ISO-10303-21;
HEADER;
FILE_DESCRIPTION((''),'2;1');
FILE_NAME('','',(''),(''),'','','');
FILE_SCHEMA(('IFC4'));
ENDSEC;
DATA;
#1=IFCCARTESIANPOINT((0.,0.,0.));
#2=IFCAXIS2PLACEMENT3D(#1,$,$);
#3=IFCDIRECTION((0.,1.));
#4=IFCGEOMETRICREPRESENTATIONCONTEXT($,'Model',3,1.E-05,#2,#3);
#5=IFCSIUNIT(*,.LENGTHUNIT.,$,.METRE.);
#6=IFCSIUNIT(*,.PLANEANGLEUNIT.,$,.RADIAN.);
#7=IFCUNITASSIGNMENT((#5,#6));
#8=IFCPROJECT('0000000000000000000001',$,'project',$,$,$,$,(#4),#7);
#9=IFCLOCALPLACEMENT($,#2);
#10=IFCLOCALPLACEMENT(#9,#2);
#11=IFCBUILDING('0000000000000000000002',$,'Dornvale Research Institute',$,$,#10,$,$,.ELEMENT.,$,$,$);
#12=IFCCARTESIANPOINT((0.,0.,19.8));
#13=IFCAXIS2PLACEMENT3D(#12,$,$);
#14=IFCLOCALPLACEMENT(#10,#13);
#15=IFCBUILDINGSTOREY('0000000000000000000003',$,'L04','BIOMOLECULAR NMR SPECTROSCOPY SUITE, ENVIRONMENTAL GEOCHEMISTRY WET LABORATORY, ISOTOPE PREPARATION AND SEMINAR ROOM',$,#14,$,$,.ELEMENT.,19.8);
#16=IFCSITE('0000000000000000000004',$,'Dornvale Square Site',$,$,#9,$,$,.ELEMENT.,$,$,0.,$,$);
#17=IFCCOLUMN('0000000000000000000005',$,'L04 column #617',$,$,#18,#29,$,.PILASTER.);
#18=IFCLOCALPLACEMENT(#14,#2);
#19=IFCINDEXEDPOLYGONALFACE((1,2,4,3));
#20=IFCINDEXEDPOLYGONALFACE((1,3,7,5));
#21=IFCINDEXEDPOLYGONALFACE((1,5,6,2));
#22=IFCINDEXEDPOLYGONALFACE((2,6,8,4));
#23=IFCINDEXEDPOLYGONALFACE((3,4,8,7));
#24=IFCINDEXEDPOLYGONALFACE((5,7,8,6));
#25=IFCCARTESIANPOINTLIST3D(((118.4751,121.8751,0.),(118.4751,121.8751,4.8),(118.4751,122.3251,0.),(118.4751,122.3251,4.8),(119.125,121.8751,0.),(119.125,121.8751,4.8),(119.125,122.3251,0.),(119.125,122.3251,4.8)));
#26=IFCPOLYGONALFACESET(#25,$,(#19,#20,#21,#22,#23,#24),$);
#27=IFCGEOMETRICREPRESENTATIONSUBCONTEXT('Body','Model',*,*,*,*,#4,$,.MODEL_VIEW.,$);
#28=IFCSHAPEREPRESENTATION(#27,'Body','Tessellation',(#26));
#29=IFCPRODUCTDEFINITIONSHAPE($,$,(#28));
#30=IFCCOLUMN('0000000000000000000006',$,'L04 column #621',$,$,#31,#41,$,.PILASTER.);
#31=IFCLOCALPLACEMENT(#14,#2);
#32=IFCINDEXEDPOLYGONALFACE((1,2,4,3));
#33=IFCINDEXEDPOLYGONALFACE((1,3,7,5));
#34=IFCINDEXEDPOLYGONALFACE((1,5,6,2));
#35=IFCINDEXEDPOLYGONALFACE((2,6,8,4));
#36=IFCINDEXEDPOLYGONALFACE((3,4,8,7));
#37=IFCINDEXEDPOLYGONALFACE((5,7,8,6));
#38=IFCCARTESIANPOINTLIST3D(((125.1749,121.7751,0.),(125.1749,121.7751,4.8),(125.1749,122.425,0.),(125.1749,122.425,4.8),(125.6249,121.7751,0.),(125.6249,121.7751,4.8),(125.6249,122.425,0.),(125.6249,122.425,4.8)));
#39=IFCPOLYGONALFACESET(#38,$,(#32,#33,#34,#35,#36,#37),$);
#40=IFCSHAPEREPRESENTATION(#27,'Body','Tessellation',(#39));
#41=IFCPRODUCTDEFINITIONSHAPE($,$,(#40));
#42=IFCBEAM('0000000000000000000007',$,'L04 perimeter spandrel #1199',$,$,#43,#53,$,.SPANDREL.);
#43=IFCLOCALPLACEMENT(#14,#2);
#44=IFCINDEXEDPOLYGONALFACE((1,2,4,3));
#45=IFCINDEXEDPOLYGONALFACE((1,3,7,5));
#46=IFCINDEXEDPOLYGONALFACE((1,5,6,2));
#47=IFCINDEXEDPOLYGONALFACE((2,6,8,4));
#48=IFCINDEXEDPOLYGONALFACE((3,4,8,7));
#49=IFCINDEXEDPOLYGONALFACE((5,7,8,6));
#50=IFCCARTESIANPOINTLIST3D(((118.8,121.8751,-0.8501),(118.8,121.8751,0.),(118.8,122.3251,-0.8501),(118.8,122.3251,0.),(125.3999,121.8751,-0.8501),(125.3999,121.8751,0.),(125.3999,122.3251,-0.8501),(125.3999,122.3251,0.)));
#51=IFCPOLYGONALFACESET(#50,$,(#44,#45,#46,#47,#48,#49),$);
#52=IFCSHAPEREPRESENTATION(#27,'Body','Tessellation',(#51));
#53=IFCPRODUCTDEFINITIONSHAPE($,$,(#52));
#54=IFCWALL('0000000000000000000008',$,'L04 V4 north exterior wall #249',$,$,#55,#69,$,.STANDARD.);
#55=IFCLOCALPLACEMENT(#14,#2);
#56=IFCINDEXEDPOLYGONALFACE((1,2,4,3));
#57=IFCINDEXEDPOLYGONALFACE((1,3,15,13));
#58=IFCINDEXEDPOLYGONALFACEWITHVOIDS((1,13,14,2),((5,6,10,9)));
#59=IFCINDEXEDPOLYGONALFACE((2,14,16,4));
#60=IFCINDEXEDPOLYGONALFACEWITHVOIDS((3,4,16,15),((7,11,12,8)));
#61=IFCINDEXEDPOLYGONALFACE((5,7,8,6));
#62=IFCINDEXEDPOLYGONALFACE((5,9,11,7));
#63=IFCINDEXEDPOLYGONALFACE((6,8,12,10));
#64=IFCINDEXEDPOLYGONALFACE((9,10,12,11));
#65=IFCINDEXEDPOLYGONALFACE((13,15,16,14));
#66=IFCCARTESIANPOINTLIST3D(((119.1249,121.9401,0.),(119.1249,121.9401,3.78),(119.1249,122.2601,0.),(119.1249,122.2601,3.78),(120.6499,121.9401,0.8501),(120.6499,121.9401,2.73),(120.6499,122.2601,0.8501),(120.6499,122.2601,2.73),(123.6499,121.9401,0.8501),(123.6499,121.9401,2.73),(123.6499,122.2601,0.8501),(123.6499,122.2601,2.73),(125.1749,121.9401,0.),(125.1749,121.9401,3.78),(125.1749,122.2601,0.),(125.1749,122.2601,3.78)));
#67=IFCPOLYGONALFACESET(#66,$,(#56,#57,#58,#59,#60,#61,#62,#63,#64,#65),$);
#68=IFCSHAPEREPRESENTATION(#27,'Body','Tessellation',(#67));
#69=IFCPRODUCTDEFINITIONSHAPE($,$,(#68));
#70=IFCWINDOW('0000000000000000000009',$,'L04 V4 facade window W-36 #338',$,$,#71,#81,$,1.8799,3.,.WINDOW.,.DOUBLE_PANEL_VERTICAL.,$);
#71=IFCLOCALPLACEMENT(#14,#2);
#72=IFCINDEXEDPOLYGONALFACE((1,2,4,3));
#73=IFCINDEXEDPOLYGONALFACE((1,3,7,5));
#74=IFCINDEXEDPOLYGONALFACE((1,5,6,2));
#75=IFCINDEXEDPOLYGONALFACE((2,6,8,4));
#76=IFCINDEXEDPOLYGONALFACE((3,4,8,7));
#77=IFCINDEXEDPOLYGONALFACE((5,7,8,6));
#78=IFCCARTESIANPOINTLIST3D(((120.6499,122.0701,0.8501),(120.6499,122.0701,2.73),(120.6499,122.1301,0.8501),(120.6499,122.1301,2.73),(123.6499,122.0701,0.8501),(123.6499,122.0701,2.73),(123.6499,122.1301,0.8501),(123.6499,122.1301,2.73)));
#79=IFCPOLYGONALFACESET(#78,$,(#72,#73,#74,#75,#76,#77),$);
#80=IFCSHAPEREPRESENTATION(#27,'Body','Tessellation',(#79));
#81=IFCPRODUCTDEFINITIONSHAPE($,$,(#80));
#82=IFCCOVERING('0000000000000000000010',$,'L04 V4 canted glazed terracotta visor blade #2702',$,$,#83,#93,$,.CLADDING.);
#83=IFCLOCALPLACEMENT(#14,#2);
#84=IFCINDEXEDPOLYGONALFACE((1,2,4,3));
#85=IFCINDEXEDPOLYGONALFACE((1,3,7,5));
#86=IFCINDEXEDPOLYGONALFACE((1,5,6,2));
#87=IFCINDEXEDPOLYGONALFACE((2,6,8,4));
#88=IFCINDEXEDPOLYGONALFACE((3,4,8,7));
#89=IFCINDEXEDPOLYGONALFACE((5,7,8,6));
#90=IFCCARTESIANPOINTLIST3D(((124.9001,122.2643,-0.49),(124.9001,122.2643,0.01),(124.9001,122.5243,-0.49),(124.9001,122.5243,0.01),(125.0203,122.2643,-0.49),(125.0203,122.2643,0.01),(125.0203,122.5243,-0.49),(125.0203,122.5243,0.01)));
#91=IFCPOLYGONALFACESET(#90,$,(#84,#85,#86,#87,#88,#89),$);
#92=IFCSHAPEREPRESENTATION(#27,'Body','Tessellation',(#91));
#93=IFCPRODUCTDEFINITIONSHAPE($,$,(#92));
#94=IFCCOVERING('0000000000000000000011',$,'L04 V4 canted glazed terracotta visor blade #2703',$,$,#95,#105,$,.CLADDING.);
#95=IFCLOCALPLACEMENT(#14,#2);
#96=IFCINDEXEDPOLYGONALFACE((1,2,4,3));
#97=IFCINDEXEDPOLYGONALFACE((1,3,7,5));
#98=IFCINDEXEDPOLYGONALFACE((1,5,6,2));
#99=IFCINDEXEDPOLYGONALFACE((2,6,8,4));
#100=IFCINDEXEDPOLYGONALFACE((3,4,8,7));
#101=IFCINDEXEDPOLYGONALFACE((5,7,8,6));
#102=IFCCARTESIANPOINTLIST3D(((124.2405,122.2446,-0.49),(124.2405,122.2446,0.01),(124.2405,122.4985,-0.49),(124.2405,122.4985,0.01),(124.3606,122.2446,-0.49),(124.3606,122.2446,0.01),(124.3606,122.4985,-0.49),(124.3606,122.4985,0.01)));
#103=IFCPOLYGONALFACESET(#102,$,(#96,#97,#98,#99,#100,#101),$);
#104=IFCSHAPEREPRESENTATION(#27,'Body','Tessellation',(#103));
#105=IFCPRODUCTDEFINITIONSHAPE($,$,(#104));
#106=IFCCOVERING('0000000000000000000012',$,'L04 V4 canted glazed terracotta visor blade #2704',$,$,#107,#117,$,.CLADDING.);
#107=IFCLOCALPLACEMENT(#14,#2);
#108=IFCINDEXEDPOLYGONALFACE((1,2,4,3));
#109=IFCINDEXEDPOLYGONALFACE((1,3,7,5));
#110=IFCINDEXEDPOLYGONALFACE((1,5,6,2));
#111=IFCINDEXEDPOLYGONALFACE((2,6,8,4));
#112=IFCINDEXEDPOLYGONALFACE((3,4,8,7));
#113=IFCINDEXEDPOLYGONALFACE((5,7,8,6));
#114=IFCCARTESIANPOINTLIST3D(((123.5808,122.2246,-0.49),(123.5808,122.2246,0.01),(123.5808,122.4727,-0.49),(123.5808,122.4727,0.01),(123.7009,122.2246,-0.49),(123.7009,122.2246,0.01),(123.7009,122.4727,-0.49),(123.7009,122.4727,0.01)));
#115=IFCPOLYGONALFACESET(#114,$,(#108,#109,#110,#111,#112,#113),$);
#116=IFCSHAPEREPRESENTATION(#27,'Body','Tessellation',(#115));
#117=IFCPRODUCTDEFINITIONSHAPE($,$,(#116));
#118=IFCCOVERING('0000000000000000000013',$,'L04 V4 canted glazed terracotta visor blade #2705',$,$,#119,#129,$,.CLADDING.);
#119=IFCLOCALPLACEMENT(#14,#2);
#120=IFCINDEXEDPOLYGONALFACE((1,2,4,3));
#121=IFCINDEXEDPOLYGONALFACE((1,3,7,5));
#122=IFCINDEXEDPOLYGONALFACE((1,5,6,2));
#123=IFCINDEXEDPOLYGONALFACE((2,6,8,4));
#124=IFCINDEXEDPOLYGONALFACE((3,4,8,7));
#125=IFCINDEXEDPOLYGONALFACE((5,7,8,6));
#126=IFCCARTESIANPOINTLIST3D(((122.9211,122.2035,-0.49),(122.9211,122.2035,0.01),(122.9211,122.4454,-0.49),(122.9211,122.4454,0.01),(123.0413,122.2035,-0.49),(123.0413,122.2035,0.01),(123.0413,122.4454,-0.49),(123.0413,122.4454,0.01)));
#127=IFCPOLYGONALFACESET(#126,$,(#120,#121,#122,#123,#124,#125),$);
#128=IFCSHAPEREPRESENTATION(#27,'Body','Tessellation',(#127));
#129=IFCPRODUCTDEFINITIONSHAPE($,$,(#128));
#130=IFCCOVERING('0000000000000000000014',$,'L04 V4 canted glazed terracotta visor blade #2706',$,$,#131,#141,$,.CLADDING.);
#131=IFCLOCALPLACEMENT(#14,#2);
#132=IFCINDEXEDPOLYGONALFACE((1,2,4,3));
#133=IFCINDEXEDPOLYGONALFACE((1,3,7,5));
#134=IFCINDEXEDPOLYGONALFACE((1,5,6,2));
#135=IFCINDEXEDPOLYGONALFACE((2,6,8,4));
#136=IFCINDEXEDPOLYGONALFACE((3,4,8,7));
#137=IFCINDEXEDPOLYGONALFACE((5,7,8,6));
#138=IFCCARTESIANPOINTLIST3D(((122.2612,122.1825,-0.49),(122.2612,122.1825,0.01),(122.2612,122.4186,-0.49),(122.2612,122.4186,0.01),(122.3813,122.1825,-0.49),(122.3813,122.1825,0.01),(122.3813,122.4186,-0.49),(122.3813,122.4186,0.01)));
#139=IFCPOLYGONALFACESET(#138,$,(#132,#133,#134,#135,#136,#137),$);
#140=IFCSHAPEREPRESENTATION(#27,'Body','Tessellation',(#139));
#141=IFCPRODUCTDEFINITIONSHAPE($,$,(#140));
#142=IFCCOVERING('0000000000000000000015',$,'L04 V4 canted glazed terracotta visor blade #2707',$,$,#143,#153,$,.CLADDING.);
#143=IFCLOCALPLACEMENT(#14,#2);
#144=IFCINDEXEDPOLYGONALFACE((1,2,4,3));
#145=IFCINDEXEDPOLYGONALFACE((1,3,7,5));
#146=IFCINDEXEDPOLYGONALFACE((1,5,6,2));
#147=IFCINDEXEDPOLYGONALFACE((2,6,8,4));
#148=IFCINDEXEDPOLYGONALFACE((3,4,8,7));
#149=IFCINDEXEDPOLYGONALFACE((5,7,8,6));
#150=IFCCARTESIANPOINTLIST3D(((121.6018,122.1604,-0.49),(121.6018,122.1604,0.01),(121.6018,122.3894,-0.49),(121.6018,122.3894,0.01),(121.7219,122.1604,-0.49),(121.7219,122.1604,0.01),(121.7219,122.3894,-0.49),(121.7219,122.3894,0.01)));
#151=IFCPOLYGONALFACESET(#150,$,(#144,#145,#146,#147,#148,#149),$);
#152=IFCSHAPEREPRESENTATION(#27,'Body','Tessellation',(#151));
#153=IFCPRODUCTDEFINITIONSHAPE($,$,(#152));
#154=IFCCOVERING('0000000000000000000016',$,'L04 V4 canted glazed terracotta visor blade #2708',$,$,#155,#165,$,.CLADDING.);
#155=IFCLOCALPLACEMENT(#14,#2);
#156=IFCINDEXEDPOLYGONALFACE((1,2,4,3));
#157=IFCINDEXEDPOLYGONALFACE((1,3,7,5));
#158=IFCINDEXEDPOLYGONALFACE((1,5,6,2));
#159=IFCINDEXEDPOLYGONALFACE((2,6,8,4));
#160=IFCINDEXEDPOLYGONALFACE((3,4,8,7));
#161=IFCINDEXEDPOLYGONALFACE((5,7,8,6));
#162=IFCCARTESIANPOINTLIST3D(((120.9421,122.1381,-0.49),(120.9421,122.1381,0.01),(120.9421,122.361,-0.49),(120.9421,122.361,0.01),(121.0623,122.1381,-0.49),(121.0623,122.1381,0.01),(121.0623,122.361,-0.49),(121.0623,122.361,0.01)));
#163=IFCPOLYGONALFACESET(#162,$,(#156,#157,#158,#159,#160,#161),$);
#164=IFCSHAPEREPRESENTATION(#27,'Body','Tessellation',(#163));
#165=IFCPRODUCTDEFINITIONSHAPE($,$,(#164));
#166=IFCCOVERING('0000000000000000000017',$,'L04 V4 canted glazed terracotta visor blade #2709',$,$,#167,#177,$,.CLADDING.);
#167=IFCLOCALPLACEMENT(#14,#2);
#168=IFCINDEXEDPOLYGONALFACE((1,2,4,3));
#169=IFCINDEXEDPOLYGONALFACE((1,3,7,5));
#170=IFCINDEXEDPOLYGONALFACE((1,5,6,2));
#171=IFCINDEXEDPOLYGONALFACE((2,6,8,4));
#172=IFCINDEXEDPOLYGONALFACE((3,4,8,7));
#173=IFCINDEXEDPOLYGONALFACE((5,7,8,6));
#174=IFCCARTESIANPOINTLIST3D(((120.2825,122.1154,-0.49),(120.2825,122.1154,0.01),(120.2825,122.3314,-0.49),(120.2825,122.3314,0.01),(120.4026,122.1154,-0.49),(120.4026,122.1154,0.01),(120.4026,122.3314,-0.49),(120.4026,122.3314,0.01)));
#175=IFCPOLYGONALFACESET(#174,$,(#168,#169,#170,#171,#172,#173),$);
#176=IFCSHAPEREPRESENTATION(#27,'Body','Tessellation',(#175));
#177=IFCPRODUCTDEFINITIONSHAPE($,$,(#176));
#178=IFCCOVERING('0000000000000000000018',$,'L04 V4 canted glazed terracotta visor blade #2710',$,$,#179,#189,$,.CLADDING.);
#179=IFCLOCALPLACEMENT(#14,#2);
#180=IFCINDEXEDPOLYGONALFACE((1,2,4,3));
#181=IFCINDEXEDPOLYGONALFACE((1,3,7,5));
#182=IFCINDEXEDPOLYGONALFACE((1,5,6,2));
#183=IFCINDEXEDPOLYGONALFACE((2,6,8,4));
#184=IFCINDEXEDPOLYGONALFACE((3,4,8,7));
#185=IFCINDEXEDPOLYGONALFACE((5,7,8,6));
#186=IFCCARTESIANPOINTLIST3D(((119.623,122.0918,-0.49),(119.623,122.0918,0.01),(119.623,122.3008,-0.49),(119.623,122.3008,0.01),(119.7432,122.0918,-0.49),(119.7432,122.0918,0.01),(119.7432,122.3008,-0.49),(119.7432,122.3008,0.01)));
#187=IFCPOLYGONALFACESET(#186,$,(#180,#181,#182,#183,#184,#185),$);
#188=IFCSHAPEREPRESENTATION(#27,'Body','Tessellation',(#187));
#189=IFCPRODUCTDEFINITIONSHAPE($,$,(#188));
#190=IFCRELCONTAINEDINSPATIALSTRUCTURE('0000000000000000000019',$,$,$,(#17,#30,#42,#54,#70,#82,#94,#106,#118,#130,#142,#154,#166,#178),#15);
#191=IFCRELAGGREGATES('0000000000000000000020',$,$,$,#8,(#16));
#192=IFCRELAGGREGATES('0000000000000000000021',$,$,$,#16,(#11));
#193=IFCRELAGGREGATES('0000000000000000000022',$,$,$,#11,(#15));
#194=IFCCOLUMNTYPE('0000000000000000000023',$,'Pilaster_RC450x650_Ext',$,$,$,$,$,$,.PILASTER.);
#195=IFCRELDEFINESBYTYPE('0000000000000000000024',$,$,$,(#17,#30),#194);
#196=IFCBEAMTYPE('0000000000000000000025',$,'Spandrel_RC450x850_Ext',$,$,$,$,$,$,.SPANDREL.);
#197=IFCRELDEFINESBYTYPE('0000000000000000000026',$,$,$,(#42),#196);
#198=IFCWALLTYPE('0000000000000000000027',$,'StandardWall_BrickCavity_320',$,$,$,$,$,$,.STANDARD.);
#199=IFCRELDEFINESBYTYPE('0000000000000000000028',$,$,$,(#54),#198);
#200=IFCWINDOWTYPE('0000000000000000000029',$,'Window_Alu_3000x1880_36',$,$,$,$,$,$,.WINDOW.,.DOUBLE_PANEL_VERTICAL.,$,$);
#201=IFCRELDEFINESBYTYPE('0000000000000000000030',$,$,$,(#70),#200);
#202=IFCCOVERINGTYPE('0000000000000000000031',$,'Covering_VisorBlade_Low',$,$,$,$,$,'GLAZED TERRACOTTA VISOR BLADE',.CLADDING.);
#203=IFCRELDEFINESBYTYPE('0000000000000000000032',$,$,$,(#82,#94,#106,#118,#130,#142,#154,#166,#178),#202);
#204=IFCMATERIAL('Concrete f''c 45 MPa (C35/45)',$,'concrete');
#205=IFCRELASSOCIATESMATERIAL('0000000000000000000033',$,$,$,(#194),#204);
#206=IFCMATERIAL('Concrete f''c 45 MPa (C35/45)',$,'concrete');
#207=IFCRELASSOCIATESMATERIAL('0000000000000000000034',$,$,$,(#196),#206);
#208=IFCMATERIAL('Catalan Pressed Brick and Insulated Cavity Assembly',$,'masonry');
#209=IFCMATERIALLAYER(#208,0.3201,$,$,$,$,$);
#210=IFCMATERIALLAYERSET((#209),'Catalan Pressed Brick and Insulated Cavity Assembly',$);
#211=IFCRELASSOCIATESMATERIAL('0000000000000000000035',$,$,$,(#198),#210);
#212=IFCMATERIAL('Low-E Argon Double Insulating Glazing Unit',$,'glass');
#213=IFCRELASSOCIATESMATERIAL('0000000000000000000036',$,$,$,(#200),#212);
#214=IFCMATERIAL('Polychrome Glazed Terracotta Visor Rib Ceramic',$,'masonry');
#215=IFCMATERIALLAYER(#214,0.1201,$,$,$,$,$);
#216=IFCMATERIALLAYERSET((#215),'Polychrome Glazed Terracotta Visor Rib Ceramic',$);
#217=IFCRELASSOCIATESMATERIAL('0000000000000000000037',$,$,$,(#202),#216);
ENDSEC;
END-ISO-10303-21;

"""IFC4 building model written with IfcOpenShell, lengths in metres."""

from ifc_helpers import new_model, si_unit, direction, frame, frame_2d, origin, origin_2d, place, context, subcontext, project, spatial, rectangle, extrude, material, layer, layer_set, material_profile, profile_set, type_object, element, fill, save


model = new_model("IFC4")

# Units and contexts
model_context = context("Model", 3, precision=1e-05, world=origin(), true_north=direction((0.0, 1.0)))
body_context = subcontext(model_context, "Body", "Model", "MODEL_VIEW")
ifc_project = project(units=[si_unit("LENGTHUNIT", "METRE"), si_unit("PLANEANGLEUNIT", "RADIAN")], contexts=[model_context])

# Site, building, storey
site_placement = place(None, origin())
site = spatial("IfcSite", under=ifc_project, at=site_placement, Name="Dornvale Square Site", CompositionType="ELEMENT", RefElevation=0.0)
building_placement = place(site_placement, origin())
building = spatial("IfcBuilding", under=site, at=building_placement, Name="Dornvale Research Institute", CompositionType="ELEMENT")
storey_placement = place(building_placement, frame((0.0, 0.0, 19.8)))
storey = spatial("IfcBuildingStorey", under=building, at=storey_placement, Name="L04", Description="BIOMOLECULAR NMR SPECTROSCOPY SUITE, ENVIRONMENTAL GEOCHEMISTRY WET LABORATORY, ISOTOPE PREPARATION AND SEMINAR ROOM", CompositionType="ELEMENT", Elevation=19.8)

# Columns
ifc_material_1 = material(Name="Concrete f'c 45 MPa (C35/45)", Category="concrete")
ifc_material_profile_1 = material_profile(ifc_material_1, rectangle(XDim=0.45, YDim=0.6499, at=origin_2d()), Name="RC 450x650")
ifc_profile_set_1 = profile_set([ifc_material_profile_1], Name="Concrete f'c 45 MPa (C35/45)")
column_type = type_object("IfcColumnType", Name="Pilaster_RC450x650_Ext", PredefinedType="PILASTER", material=ifc_profile_set_1)
for number, where, z_axis, x_axis, name in (
    (1, (118.8, 122.1001, 0.0), (0.0, 0.0, 1.0), (0.0, 1.0, 0.0), "L04 column #617"),
    (2, (125.3999, 122.1001, 0.0), (0.0, 0.0, 1.0), (1.0, 0.0, 0.0), "L04 column #621"),
):
    element("IfcColumn", number, at=place(storey_placement, frame(where, z_axis=z_axis, x_axis=x_axis)), inside=storey, type_object=column_type, Name=name, PredefinedType="PILASTER", context=body_context, shape_type="SweptSolid", body=[
        extrude(rectangle(XDim=0.45, YDim=0.6499, at=origin_2d()), origin(), (0.0, 0.0, 1.0), 4.8),
    ])

# Beam
ifc_material_2 = material(Name="Concrete f'c 45 MPa (C35/45)", Category="concrete")
ifc_material_profile_2 = material_profile(ifc_material_2, rectangle(XDim=0.45, YDim=0.8501, at=origin_2d()), Name="RC 450x850")
ifc_profile_set_2 = profile_set([ifc_material_profile_2], Name="Concrete f'c 45 MPa (C35/45)")
beam_type = type_object("IfcBeamType", Name="Spandrel_RC450x850_Ext", PredefinedType="SPANDREL", material=ifc_profile_set_2)
beam_placement = place(storey_placement, frame((118.8, 122.1001, -0.425), z_axis=(1.0, 0.0, 0.0), x_axis=(0.0, 1.0, 0.0)))
element("IfcBeam", 3, at=beam_placement, inside=storey, type_object=beam_type, Name="L04 perimeter spandrel #1199", PredefinedType="SPANDREL", context=body_context, shape_type="SweptSolid", body=[
    extrude(rectangle(XDim=0.45, YDim=0.8501, at=origin_2d()), origin(), (0.0, 0.0, 1.0), 6.5999),
])

# Wall, opening, window
ifc_material_3 = material(Name="Catalan Pressed Brick and Insulated Cavity Assembly", Category="masonry")
ifc_layer_1 = layer(ifc_material_3, 0.3201)
ifc_layer_set_1 = layer_set([ifc_layer_1], Name="Catalan Pressed Brick and Insulated Cavity Assembly")
wall_type = type_object("IfcWallType", Name="StandardWall_BrickCavity_320", PredefinedType="STANDARD", material=ifc_layer_set_1)
wall_placement = place(storey_placement, frame((119.125, 122.1001, 0.0), z_axis=(0.0, 0.0, 1.0), x_axis=(1.0, 0.0, 0.0)))
wall = element("IfcWall", 4, at=wall_placement, inside=storey, type_object=wall_type, Name="L04 V4 north exterior wall #249", PredefinedType="STANDARD", context=body_context, shape_type="SweptSolid", body=[
    extrude(rectangle(XDim=6.05, YDim=0.3201, at=frame_2d((3.0249, 0.0))), origin(), (0.0, 0.0, 1.0), 3.78),
])
opening_placement = place(wall_placement, frame((1.5249, 0.0, 0.8501)))
opening = element("IfcOpeningElement", 5, at=opening_placement, cuts=wall, PredefinedType="OPENING", context=body_context, shape_type="SweptSolid", body=[
    extrude(rectangle(XDim=3.0, YDim=1.8799, at=frame_2d((1.5, 0.9399))), frame((0.0, 0.175, 0.0), z_axis=(0.0, -1.0, 0.0), x_axis=(1.0, 0.0, 0.0)), (0.0, 0.0, 1.0), 0.3501),
])
ifc_material_4 = material(Name="Low-E Argon Double Insulating Glazing Unit", Category="glass")
window_type = type_object("IfcWindowType", Name="Window_Alu_3000x1880_36", PartitioningType="DOUBLE_PANEL_VERTICAL", PredefinedType="WINDOW", material=ifc_material_4)
window_placement = place(opening_placement, origin())
window = element("IfcWindow", 6, at=window_placement, inside=storey, type_object=window_type, Name="L04 V4 facade window W-36 #338", OverallHeight=1.8799, OverallWidth=3.0, PartitioningType="DOUBLE_PANEL_VERTICAL", PredefinedType="WINDOW", context=body_context, shape_type="SweptSolid", body=[
    extrude(rectangle(XDim=3.0, YDim=1.8799, at=frame_2d((1.5, 0.9399))), frame((0.0, 0.03, 0.0), z_axis=(0.0, -1.0, 0.0), x_axis=(1.0, 0.0, 0.0)), (0.0, 0.0, 1.0), 0.0601),
])
fill(opening, window)

# Coverings
ifc_material_5 = material(Name="Polychrome Glazed Terracotta Visor Rib Ceramic", Category="masonry")
ifc_layer_2 = layer(ifc_material_5, 0.1201)
ifc_layer_set_2 = layer_set([ifc_layer_2], Name="Polychrome Glazed Terracotta Visor Rib Ceramic")
covering_type = type_object("IfcCoveringType", Name="Covering_VisorBlade_Low", ElementType="GLAZED TERRACOTTA VISOR BLADE", PredefinedType="CLADDING", material=ifc_layer_set_2)
covering_1_placement = place(storey_placement, frame((124.9602, 122.3943, -0.49), z_axis=(0.0, 0.0, 1.0), x_axis=(0.0, 1.0, 0.0)))
element("IfcCovering", 7, at=covering_1_placement, inside=storey, type_object=covering_type, Name="L04 V4 canted glazed terracotta visor blade #2702", PredefinedType="CLADDING", context=body_context, shape_type="SweptSolid", body=[
    extrude(rectangle(XDim=0.26, YDim=0.1201, at=origin_2d()), origin(), (0.0, 0.0, 1.0), 0.5),
])
covering_2_placement = place(storey_placement, frame((124.3005, 122.3716, -0.49), z_axis=(0.0, 0.0, 1.0), x_axis=(0.0, 1.0, 0.0)))
element("IfcCovering", 8, at=covering_2_placement, inside=storey, type_object=covering_type, Name="L04 V4 canted glazed terracotta visor blade #2703", PredefinedType="CLADDING", context=body_context, shape_type="SweptSolid", body=[
    extrude(rectangle(XDim=0.2539, YDim=0.1201, at=origin_2d()), origin(), (0.0, 0.0, 1.0), 0.5),
])
covering_3_placement = place(storey_placement, frame((123.6409, 122.3486, -0.49), z_axis=(0.0, 0.0, 1.0), x_axis=(0.0, 1.0, 0.0)))
element("IfcCovering", 9, at=covering_3_placement, inside=storey, type_object=covering_type, Name="L04 V4 canted glazed terracotta visor blade #2704", PredefinedType="CLADDING", context=body_context, shape_type="SweptSolid", body=[
    extrude(rectangle(XDim=0.248, YDim=0.1201, at=origin_2d()), origin(), (0.0, 0.0, 1.0), 0.5),
])
covering_4_placement = place(storey_placement, frame((122.9812, 122.3245, -0.49), z_axis=(0.0, 0.0, 1.0), x_axis=(0.0, 1.0, 0.0)))
element("IfcCovering", 10, at=covering_4_placement, inside=storey, type_object=covering_type, Name="L04 V4 canted glazed terracotta visor blade #2705", PredefinedType="CLADDING", context=body_context, shape_type="SweptSolid", body=[
    extrude(rectangle(XDim=0.2419, YDim=0.1201, at=origin_2d()), origin(), (0.0, 0.0, 1.0), 0.5),
])
covering_5_placement = place(storey_placement, frame((122.3213, 122.3005, -0.49), z_axis=(0.0, 0.0, 1.0), x_axis=(0.0, 1.0, 0.0)))
element("IfcCovering", 11, at=covering_5_placement, inside=storey, type_object=covering_type, Name="L04 V4 canted glazed terracotta visor blade #2706", PredefinedType="CLADDING", context=body_context, shape_type="SweptSolid", body=[
    extrude(rectangle(XDim=0.2361, YDim=0.1201, at=origin_2d()), origin(), (0.0, 0.0, 1.0), 0.5),
])
covering_6_placement = place(storey_placement, frame((121.6619, 122.2749, -0.49), z_axis=(0.0, 0.0, 1.0), x_axis=(0.0, 1.0, 0.0)))
element("IfcCovering", 12, at=covering_6_placement, inside=storey, type_object=covering_type, Name="L04 V4 canted glazed terracotta visor blade #2707", PredefinedType="CLADDING", context=body_context, shape_type="SweptSolid", body=[
    extrude(rectangle(XDim=0.229, YDim=0.1201, at=origin_2d()), origin(), (0.0, 0.0, 1.0), 0.5),
])
covering_7_placement = place(storey_placement, frame((121.0022, 122.2495, -0.49), z_axis=(0.0, 0.0, 1.0), x_axis=(0.0, 1.0, 0.0)))
element("IfcCovering", 13, at=covering_7_placement, inside=storey, type_object=covering_type, Name="L04 V4 canted glazed terracotta visor blade #2708", PredefinedType="CLADDING", context=body_context, shape_type="SweptSolid", body=[
    extrude(rectangle(XDim=0.2229, YDim=0.1201, at=origin_2d()), origin(), (0.0, 0.0, 1.0), 0.5),
])
covering_8_placement = place(storey_placement, frame((120.3425, 122.2234, -0.49), z_axis=(0.0, 0.0, 1.0), x_axis=(0.0, 1.0, 0.0)))
element("IfcCovering", 14, at=covering_8_placement, inside=storey, type_object=covering_type, Name="L04 V4 canted glazed terracotta visor blade #2709", PredefinedType="CLADDING", context=body_context, shape_type="SweptSolid", body=[
    extrude(rectangle(XDim=0.2161, YDim=0.1201, at=origin_2d()), origin(), (0.0, 0.0, 1.0), 0.5),
])
covering_9_placement = place(storey_placement, frame((119.6831, 122.1963, -0.49), z_axis=(0.0, 0.0, 1.0), x_axis=(0.0, 1.0, 0.0)))
element("IfcCovering", 15, at=covering_9_placement, inside=storey, type_object=covering_type, Name="L04 V4 canted glazed terracotta visor blade #2710", PredefinedType="CLADDING", context=body_context, shape_type="SweptSolid", body=[
    extrude(rectangle(XDim=0.209, YDim=0.1201, at=origin_2d()), origin(), (0.0, 0.0, 1.0), 0.5),
])

save(model, "model.ifc")
